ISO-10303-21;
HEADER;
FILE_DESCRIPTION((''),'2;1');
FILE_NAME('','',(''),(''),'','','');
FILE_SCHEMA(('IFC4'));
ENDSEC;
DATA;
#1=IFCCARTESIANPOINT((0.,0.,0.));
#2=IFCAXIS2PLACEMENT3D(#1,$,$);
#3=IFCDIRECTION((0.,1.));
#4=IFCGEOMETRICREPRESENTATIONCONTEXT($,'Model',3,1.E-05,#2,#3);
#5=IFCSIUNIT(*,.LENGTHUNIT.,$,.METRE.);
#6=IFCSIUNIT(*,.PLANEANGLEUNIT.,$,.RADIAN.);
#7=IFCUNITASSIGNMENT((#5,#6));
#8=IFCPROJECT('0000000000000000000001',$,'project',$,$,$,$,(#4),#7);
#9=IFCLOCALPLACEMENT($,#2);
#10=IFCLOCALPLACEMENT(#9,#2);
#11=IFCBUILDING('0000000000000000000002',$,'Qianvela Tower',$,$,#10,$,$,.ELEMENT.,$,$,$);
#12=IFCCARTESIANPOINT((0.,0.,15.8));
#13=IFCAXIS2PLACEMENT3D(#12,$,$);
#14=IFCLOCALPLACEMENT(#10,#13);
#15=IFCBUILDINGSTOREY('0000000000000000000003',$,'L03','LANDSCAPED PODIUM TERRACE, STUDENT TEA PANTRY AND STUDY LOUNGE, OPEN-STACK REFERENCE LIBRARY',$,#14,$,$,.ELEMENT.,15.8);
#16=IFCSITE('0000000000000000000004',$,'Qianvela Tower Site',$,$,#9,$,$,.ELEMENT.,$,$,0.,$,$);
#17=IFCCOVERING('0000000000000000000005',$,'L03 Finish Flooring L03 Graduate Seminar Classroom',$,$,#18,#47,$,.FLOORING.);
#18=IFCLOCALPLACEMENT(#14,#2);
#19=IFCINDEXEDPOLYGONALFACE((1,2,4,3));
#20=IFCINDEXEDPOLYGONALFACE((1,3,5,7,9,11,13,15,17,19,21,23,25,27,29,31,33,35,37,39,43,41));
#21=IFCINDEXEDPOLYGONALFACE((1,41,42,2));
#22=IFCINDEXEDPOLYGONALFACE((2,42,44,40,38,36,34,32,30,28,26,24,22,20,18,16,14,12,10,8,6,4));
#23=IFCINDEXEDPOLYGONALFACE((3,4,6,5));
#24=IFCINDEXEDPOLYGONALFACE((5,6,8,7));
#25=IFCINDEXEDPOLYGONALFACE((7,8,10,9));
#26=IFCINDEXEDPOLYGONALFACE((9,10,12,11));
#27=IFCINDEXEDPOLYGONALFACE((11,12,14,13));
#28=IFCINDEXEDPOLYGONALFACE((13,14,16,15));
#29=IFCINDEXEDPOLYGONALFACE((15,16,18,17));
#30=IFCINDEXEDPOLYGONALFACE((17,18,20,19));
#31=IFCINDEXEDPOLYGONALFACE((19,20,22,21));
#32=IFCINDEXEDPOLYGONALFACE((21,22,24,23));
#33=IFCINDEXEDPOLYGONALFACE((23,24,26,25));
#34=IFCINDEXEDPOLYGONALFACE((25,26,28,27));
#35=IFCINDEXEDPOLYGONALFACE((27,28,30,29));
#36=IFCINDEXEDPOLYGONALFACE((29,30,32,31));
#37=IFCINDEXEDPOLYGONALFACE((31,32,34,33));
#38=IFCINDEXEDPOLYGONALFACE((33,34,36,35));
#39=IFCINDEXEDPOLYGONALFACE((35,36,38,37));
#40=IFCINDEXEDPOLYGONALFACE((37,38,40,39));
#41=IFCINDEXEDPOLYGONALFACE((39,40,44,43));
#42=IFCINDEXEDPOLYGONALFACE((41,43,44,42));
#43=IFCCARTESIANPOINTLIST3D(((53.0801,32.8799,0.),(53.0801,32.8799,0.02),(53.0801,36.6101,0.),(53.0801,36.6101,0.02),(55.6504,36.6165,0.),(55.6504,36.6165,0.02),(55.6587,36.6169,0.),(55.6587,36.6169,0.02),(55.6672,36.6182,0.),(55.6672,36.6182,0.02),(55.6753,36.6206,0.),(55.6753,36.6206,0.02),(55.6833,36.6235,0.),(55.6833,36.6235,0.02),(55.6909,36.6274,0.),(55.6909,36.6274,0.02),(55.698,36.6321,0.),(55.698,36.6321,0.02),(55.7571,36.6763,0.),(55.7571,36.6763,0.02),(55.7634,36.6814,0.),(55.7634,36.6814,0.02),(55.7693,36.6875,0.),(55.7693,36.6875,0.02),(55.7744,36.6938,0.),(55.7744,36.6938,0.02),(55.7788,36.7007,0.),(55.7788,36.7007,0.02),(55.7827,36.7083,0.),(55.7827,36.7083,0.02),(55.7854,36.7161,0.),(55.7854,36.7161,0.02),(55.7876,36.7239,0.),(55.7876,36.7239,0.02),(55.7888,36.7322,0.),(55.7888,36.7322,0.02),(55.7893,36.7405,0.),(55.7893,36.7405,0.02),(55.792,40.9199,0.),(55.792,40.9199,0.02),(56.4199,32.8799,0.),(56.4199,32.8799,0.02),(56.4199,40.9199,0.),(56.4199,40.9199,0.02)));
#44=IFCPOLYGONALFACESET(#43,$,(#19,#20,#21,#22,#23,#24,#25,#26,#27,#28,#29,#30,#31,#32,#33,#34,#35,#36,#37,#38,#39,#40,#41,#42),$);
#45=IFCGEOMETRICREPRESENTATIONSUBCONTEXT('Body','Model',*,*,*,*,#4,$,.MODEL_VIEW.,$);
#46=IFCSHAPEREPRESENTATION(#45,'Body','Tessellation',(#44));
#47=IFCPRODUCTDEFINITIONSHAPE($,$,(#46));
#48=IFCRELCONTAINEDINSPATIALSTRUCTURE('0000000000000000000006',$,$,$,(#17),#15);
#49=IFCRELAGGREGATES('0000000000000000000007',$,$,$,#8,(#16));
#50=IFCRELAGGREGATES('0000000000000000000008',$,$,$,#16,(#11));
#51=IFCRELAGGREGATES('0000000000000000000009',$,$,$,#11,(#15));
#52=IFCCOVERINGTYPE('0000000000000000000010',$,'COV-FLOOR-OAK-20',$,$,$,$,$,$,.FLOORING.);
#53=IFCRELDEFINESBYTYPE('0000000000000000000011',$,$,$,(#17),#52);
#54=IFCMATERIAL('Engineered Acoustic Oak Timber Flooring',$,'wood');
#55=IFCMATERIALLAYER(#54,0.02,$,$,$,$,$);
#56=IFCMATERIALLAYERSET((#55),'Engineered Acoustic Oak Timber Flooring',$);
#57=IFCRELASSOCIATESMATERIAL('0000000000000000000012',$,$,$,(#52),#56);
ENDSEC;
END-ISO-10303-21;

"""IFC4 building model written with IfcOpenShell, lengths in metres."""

from ifc_helpers import new_model, si_unit, direction, frame, origin, place, context, subcontext, project, spatial, polyline, outline, extrude, material, layer, layer_set, type_object, element, save


model = new_model("IFC4")

# Units and contexts
model_context = context("Model", 3, precision=1e-05, world=origin(), true_north=direction((0.0, 1.0)))
body_context = subcontext(model_context, "Body", "Model", "MODEL_VIEW")
ifc_project = project(units=[si_unit("LENGTHUNIT", "METRE"), si_unit("PLANEANGLEUNIT", "RADIAN")], contexts=[model_context])

# Site, building, storey
site_placement = place(None, origin())
site = spatial("IfcSite", under=ifc_project, at=site_placement, Name="Qianvela Tower Site", CompositionType="ELEMENT", RefElevation=0.0)
building_placement = place(site_placement, origin())
building = spatial("IfcBuilding", under=site, at=building_placement, Name="Qianvela Tower", CompositionType="ELEMENT")
storey_placement = place(building_placement, frame((0.0, 0.0, 15.8)))
storey = spatial("IfcBuildingStorey", under=building, at=storey_placement, Name="L03", Description="LANDSCAPED PODIUM TERRACE, STUDENT TEA PANTRY AND STUDY LOUNGE, OPEN-STACK REFERENCE LIBRARY", CompositionType="ELEMENT", Elevation=15.8)

# Covering
ifc_material_1 = material(Name="Engineered Acoustic Oak Timber Flooring", Category="wood")
ifc_layer_1 = layer(ifc_material_1, 0.02)
ifc_layer_set_1 = layer_set([ifc_layer_1], Name="Engineered Acoustic Oak Timber Flooring")
covering_type_1 = type_object("IfcCoveringType", Name="COV-FLOOR-OAK-20", PredefinedType="FLOORING", material=ifc_layer_set_1)
covering_1_placement = place(storey_placement, origin())
element("IfcCovering", 1, at=covering_1_placement, inside=storey, type_object=covering_type_1, Name="L03 Finish Flooring L03 Graduate Seminar Classroom", PredefinedType="FLOORING", context=body_context, shape_type="SweptSolid", body=[
    extrude(outline(polyline([(56.4199, 32.8799), (53.0801, 32.8799), (53.0801, 36.6101), (55.6504, 36.6165), (55.6587, 36.6169), (55.6672, 36.6182), (55.6753, 36.6206), (55.6833, 36.6235), (55.6909, 36.6274), (55.698, 36.6321), (55.7571, 36.6763), (55.7634, 36.6814), (55.7693, 36.6875), (55.7744, 36.6938), (55.7788, 36.7007), (55.7827, 36.7083), (55.7854, 36.7161), (55.7876, 36.7239), (55.7888, 36.7322), (55.7893, 36.7405), (55.792, 40.9199), (56.4199, 40.9199), (56.4199, 32.8799)])), origin(), (0.0, 0.0, 1.0), 0.02),
])

save(model, "model.ifc")
